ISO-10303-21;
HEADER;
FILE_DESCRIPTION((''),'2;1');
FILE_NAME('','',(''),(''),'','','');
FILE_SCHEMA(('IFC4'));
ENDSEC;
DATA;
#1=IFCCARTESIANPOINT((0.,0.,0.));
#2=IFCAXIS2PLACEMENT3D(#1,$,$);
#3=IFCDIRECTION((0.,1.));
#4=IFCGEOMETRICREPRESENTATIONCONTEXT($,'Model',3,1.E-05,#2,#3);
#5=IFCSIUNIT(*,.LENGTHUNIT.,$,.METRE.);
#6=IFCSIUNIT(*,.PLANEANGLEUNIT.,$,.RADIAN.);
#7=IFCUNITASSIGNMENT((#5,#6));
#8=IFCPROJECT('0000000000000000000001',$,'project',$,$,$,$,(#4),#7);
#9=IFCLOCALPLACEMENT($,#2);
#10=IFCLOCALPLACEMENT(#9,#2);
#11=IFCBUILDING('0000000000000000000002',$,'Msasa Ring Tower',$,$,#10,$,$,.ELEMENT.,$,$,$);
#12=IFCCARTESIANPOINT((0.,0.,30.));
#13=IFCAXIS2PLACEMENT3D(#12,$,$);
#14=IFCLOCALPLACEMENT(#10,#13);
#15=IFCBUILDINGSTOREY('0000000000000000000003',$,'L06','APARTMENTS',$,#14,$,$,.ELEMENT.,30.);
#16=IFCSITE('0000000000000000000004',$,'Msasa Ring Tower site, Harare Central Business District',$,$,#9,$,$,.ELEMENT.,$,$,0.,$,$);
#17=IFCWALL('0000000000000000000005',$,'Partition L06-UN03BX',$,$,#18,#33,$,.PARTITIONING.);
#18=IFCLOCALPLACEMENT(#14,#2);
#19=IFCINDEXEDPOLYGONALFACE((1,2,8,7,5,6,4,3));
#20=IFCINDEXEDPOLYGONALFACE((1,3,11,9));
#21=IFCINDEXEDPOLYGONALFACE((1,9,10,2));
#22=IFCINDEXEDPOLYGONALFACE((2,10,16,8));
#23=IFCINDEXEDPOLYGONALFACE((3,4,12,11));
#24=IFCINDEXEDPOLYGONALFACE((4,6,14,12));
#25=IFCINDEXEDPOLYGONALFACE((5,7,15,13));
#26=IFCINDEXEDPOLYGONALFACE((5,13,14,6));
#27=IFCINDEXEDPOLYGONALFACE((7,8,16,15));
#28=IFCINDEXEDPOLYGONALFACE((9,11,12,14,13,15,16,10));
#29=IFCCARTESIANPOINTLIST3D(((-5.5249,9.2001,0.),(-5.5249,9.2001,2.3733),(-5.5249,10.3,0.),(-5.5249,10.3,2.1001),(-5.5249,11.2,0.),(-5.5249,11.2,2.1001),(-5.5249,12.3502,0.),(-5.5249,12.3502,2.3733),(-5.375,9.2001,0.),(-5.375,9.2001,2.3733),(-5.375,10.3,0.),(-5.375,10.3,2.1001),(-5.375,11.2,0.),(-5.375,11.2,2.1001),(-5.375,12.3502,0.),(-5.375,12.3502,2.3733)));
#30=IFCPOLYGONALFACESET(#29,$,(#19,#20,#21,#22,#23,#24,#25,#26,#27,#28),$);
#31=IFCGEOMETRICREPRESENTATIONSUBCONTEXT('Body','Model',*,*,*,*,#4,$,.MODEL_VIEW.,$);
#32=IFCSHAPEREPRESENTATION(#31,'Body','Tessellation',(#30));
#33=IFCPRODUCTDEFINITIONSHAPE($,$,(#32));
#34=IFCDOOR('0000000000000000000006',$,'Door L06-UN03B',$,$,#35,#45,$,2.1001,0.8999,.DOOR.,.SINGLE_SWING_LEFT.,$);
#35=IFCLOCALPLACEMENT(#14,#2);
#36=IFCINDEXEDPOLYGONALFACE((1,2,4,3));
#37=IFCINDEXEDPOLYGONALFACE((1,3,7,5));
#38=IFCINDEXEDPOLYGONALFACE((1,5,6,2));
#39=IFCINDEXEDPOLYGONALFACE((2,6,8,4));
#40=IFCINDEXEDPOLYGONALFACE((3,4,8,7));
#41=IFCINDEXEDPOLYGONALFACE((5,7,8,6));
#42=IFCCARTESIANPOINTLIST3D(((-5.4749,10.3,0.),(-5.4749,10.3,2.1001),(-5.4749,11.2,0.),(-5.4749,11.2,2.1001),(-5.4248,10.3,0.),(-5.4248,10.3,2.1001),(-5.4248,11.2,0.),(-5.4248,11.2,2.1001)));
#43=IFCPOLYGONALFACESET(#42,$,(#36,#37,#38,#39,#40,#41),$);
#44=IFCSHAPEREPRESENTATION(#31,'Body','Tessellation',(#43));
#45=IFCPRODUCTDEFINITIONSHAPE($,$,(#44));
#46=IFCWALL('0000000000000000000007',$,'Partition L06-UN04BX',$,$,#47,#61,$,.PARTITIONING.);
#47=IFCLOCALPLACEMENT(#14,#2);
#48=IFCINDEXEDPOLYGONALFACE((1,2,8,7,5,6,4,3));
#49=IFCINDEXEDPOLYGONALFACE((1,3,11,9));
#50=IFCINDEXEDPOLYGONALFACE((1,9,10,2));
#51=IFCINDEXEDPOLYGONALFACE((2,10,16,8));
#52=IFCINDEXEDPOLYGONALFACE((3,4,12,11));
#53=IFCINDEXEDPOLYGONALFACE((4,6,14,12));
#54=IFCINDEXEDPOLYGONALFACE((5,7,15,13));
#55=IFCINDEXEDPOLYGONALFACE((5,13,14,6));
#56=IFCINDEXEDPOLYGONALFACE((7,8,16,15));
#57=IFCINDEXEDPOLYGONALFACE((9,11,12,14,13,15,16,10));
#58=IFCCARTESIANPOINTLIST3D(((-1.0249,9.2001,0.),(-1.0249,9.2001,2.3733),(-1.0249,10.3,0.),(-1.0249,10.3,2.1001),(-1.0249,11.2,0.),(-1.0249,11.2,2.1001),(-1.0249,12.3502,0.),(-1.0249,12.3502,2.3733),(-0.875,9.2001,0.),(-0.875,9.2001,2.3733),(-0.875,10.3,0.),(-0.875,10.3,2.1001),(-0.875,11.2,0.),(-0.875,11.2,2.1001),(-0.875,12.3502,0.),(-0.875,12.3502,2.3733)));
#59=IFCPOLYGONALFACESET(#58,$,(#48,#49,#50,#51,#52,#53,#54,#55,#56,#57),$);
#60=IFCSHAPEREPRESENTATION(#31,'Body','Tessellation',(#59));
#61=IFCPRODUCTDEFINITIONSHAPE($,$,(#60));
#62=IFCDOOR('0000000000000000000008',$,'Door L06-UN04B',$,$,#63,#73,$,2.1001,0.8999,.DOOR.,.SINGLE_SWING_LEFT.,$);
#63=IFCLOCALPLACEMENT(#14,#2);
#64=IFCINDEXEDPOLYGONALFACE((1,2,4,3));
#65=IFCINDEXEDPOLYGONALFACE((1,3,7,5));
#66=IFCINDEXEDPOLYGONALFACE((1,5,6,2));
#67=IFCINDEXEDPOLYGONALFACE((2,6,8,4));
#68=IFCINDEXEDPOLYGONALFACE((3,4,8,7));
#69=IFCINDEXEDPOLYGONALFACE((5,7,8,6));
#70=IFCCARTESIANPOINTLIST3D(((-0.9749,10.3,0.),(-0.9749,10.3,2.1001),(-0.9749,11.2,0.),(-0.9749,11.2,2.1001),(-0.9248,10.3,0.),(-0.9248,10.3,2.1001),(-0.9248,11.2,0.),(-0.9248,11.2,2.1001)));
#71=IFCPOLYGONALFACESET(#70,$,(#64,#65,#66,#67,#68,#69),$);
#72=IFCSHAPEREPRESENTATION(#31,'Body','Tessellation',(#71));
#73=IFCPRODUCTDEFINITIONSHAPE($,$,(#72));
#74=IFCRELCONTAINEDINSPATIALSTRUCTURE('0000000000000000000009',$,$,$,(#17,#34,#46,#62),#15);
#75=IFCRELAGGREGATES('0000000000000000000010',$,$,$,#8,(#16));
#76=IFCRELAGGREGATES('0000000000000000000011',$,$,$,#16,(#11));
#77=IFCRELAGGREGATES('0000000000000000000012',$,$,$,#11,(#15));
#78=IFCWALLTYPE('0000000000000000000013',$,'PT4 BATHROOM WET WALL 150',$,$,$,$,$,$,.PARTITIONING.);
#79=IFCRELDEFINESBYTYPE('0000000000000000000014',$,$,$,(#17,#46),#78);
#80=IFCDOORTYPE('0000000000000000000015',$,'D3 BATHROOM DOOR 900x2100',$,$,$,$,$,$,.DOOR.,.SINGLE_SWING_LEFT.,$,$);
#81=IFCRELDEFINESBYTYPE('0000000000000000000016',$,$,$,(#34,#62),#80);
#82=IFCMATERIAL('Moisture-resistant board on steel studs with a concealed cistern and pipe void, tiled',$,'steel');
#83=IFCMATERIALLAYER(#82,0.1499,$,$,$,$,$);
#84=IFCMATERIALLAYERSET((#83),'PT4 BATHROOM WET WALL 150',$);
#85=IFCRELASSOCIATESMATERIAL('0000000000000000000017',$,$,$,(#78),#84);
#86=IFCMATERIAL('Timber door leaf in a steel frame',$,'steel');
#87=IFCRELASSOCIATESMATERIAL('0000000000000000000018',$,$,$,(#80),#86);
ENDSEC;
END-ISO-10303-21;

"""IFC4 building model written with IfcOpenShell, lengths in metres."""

from ifc_helpers import new_model, si_unit, direction, frame, frame_2d, origin, place, context, subcontext, project, spatial, rectangle, extrude, material, layer, layer_set, type_object, element, fill, save


model = new_model("IFC4")

# Units and contexts
model_context = context("Model", 3, precision=1e-05, world=origin(), true_north=direction((0.0, 1.0)))
body_context = subcontext(model_context, "Body", "Model", "MODEL_VIEW")
ifc_project = project(units=[si_unit("LENGTHUNIT", "METRE"), si_unit("PLANEANGLEUNIT", "RADIAN")], contexts=[model_context])

# Site, building, storey
site_placement = place(None, origin())
site = spatial("IfcSite", under=ifc_project, at=site_placement, Name="Msasa Ring Tower site, Harare Central Business District", CompositionType="ELEMENT", RefElevation=0.0)
building_placement = place(site_placement, origin())
building = spatial("IfcBuilding", under=site, at=building_placement, Name="Msasa Ring Tower", CompositionType="ELEMENT")
storey_placement = place(building_placement, frame((0.0, 0.0, 30.0)))
storey = spatial("IfcBuildingStorey", under=building, at=storey_placement, Name="L06", Description="APARTMENTS", CompositionType="ELEMENT", Elevation=30.0)

# Walls, openings, doors
ifc_material_1 = material(Name="Moisture-resistant board on steel studs with a concealed cistern and pipe void, tiled", Category="steel")
ifc_layer_1 = layer(ifc_material_1, 0.1499)
ifc_layer_set_1 = layer_set([ifc_layer_1], Name="PT4 BATHROOM WET WALL 150")
wall_type_1 = type_object("IfcWallType", Name="PT4 BATHROOM WET WALL 150", PredefinedType="PARTITIONING", material=ifc_layer_set_1)
wall_1_placement = place(storey_placement, frame((-5.45, 9.2, 0.0), z_axis=(0.0, 0.0, 1.0), x_axis=(0.0, 1.0, 0.0)))
wall_1 = element("IfcWall", 1, at=wall_1_placement, inside=storey, type_object=wall_type_1, Name="Partition L06-UN03BX", PredefinedType="PARTITIONING", context=body_context, shape_type="SweptSolid", body=[
    extrude(rectangle(XDim=3.1501, YDim=0.1499, at=frame_2d((1.5752, 0.0))), origin(), (0.0, 0.0, 1.0), 2.3733),
])
opening_1_placement = place(wall_1_placement, frame((1.1001, 0.0, 0.0)))
opening_1 = element("IfcOpeningElement", 2, at=opening_1_placement, cuts=wall_1, PredefinedType="OPENING", context=body_context, shape_type="SweptSolid", body=[
    extrude(rectangle(XDim=0.8999, YDim=2.1001, at=frame_2d((0.45, 1.05))), frame((0.0, 0.085, 0.0), z_axis=(0.0, -1.0, 0.0), x_axis=(1.0, 0.0, 0.0)), (0.0, 0.0, 1.0), 0.1699),
])
ifc_material_2 = material(Name="Timber door leaf in a steel frame", Category="steel")
door_type = type_object("IfcDoorType", Name="D3 BATHROOM DOOR 900x2100", OperationType="SINGLE_SWING_LEFT", PredefinedType="DOOR", material=ifc_material_2)
door_1_placement = place(opening_1_placement, origin())
door_1 = element("IfcDoor", 3, at=door_1_placement, inside=storey, type_object=door_type, Name="Door L06-UN03B", OperationType="SINGLE_SWING_LEFT", OverallHeight=2.1001, OverallWidth=0.8999, PredefinedType="DOOR", context=body_context, shape_type="SweptSolid", body=[
    extrude(rectangle(XDim=0.8999, YDim=2.1001, at=frame_2d((0.45, 1.05))), frame((0.0, 0.0249, 0.0), z_axis=(0.0, -1.0, 0.0), x_axis=(1.0, 0.0, 0.0)), (0.0, 0.0, 1.0), 0.05),
])
fill(opening_1, door_1)
wall_2_placement = place(storey_placement, frame((-0.95, 9.2, 0.0), z_axis=(0.0, 0.0, 1.0), x_axis=(0.0, 1.0, 0.0)))
wall_2 = element("IfcWall", 4, at=wall_2_placement, inside=storey, type_object=wall_type_1, Name="Partition L06-UN04BX", PredefinedType="PARTITIONING", context=body_context, shape_type="SweptSolid", body=[
    extrude(rectangle(XDim=3.1501, YDim=0.1499, at=frame_2d((1.5752, 0.0))), origin(), (0.0, 0.0, 1.0), 2.3733),
])
opening_2_placement = place(wall_2_placement, frame((1.1001, 0.0, 0.0)))
opening_2 = element("IfcOpeningElement", 5, at=opening_2_placement, cuts=wall_2, PredefinedType="OPENING", context=body_context, shape_type="SweptSolid", body=[
    extrude(rectangle(XDim=0.8999, YDim=2.1001, at=frame_2d((0.45, 1.05))), frame((0.0, 0.085, 0.0), z_axis=(0.0, -1.0, 0.0), x_axis=(1.0, 0.0, 0.0)), (0.0, 0.0, 1.0), 0.1699),
])
door_2_placement = place(opening_2_placement, origin())
door_2 = element("IfcDoor", 6, at=door_2_placement, inside=storey, type_object=door_type, Name="Door L06-UN04B", OperationType="SINGLE_SWING_LEFT", OverallHeight=2.1001, OverallWidth=0.8999, PredefinedType="DOOR", context=body_context, shape_type="SweptSolid", body=[
    extrude(rectangle(XDim=0.8999, YDim=2.1001, at=frame_2d((0.45, 1.05))), frame((0.0, 0.0249, 0.0), z_axis=(0.0, -1.0, 0.0), x_axis=(1.0, 0.0, 0.0)), (0.0, 0.0, 1.0), 0.05),
])
fill(opening_2, door_2)

save(model, "model.ifc")
